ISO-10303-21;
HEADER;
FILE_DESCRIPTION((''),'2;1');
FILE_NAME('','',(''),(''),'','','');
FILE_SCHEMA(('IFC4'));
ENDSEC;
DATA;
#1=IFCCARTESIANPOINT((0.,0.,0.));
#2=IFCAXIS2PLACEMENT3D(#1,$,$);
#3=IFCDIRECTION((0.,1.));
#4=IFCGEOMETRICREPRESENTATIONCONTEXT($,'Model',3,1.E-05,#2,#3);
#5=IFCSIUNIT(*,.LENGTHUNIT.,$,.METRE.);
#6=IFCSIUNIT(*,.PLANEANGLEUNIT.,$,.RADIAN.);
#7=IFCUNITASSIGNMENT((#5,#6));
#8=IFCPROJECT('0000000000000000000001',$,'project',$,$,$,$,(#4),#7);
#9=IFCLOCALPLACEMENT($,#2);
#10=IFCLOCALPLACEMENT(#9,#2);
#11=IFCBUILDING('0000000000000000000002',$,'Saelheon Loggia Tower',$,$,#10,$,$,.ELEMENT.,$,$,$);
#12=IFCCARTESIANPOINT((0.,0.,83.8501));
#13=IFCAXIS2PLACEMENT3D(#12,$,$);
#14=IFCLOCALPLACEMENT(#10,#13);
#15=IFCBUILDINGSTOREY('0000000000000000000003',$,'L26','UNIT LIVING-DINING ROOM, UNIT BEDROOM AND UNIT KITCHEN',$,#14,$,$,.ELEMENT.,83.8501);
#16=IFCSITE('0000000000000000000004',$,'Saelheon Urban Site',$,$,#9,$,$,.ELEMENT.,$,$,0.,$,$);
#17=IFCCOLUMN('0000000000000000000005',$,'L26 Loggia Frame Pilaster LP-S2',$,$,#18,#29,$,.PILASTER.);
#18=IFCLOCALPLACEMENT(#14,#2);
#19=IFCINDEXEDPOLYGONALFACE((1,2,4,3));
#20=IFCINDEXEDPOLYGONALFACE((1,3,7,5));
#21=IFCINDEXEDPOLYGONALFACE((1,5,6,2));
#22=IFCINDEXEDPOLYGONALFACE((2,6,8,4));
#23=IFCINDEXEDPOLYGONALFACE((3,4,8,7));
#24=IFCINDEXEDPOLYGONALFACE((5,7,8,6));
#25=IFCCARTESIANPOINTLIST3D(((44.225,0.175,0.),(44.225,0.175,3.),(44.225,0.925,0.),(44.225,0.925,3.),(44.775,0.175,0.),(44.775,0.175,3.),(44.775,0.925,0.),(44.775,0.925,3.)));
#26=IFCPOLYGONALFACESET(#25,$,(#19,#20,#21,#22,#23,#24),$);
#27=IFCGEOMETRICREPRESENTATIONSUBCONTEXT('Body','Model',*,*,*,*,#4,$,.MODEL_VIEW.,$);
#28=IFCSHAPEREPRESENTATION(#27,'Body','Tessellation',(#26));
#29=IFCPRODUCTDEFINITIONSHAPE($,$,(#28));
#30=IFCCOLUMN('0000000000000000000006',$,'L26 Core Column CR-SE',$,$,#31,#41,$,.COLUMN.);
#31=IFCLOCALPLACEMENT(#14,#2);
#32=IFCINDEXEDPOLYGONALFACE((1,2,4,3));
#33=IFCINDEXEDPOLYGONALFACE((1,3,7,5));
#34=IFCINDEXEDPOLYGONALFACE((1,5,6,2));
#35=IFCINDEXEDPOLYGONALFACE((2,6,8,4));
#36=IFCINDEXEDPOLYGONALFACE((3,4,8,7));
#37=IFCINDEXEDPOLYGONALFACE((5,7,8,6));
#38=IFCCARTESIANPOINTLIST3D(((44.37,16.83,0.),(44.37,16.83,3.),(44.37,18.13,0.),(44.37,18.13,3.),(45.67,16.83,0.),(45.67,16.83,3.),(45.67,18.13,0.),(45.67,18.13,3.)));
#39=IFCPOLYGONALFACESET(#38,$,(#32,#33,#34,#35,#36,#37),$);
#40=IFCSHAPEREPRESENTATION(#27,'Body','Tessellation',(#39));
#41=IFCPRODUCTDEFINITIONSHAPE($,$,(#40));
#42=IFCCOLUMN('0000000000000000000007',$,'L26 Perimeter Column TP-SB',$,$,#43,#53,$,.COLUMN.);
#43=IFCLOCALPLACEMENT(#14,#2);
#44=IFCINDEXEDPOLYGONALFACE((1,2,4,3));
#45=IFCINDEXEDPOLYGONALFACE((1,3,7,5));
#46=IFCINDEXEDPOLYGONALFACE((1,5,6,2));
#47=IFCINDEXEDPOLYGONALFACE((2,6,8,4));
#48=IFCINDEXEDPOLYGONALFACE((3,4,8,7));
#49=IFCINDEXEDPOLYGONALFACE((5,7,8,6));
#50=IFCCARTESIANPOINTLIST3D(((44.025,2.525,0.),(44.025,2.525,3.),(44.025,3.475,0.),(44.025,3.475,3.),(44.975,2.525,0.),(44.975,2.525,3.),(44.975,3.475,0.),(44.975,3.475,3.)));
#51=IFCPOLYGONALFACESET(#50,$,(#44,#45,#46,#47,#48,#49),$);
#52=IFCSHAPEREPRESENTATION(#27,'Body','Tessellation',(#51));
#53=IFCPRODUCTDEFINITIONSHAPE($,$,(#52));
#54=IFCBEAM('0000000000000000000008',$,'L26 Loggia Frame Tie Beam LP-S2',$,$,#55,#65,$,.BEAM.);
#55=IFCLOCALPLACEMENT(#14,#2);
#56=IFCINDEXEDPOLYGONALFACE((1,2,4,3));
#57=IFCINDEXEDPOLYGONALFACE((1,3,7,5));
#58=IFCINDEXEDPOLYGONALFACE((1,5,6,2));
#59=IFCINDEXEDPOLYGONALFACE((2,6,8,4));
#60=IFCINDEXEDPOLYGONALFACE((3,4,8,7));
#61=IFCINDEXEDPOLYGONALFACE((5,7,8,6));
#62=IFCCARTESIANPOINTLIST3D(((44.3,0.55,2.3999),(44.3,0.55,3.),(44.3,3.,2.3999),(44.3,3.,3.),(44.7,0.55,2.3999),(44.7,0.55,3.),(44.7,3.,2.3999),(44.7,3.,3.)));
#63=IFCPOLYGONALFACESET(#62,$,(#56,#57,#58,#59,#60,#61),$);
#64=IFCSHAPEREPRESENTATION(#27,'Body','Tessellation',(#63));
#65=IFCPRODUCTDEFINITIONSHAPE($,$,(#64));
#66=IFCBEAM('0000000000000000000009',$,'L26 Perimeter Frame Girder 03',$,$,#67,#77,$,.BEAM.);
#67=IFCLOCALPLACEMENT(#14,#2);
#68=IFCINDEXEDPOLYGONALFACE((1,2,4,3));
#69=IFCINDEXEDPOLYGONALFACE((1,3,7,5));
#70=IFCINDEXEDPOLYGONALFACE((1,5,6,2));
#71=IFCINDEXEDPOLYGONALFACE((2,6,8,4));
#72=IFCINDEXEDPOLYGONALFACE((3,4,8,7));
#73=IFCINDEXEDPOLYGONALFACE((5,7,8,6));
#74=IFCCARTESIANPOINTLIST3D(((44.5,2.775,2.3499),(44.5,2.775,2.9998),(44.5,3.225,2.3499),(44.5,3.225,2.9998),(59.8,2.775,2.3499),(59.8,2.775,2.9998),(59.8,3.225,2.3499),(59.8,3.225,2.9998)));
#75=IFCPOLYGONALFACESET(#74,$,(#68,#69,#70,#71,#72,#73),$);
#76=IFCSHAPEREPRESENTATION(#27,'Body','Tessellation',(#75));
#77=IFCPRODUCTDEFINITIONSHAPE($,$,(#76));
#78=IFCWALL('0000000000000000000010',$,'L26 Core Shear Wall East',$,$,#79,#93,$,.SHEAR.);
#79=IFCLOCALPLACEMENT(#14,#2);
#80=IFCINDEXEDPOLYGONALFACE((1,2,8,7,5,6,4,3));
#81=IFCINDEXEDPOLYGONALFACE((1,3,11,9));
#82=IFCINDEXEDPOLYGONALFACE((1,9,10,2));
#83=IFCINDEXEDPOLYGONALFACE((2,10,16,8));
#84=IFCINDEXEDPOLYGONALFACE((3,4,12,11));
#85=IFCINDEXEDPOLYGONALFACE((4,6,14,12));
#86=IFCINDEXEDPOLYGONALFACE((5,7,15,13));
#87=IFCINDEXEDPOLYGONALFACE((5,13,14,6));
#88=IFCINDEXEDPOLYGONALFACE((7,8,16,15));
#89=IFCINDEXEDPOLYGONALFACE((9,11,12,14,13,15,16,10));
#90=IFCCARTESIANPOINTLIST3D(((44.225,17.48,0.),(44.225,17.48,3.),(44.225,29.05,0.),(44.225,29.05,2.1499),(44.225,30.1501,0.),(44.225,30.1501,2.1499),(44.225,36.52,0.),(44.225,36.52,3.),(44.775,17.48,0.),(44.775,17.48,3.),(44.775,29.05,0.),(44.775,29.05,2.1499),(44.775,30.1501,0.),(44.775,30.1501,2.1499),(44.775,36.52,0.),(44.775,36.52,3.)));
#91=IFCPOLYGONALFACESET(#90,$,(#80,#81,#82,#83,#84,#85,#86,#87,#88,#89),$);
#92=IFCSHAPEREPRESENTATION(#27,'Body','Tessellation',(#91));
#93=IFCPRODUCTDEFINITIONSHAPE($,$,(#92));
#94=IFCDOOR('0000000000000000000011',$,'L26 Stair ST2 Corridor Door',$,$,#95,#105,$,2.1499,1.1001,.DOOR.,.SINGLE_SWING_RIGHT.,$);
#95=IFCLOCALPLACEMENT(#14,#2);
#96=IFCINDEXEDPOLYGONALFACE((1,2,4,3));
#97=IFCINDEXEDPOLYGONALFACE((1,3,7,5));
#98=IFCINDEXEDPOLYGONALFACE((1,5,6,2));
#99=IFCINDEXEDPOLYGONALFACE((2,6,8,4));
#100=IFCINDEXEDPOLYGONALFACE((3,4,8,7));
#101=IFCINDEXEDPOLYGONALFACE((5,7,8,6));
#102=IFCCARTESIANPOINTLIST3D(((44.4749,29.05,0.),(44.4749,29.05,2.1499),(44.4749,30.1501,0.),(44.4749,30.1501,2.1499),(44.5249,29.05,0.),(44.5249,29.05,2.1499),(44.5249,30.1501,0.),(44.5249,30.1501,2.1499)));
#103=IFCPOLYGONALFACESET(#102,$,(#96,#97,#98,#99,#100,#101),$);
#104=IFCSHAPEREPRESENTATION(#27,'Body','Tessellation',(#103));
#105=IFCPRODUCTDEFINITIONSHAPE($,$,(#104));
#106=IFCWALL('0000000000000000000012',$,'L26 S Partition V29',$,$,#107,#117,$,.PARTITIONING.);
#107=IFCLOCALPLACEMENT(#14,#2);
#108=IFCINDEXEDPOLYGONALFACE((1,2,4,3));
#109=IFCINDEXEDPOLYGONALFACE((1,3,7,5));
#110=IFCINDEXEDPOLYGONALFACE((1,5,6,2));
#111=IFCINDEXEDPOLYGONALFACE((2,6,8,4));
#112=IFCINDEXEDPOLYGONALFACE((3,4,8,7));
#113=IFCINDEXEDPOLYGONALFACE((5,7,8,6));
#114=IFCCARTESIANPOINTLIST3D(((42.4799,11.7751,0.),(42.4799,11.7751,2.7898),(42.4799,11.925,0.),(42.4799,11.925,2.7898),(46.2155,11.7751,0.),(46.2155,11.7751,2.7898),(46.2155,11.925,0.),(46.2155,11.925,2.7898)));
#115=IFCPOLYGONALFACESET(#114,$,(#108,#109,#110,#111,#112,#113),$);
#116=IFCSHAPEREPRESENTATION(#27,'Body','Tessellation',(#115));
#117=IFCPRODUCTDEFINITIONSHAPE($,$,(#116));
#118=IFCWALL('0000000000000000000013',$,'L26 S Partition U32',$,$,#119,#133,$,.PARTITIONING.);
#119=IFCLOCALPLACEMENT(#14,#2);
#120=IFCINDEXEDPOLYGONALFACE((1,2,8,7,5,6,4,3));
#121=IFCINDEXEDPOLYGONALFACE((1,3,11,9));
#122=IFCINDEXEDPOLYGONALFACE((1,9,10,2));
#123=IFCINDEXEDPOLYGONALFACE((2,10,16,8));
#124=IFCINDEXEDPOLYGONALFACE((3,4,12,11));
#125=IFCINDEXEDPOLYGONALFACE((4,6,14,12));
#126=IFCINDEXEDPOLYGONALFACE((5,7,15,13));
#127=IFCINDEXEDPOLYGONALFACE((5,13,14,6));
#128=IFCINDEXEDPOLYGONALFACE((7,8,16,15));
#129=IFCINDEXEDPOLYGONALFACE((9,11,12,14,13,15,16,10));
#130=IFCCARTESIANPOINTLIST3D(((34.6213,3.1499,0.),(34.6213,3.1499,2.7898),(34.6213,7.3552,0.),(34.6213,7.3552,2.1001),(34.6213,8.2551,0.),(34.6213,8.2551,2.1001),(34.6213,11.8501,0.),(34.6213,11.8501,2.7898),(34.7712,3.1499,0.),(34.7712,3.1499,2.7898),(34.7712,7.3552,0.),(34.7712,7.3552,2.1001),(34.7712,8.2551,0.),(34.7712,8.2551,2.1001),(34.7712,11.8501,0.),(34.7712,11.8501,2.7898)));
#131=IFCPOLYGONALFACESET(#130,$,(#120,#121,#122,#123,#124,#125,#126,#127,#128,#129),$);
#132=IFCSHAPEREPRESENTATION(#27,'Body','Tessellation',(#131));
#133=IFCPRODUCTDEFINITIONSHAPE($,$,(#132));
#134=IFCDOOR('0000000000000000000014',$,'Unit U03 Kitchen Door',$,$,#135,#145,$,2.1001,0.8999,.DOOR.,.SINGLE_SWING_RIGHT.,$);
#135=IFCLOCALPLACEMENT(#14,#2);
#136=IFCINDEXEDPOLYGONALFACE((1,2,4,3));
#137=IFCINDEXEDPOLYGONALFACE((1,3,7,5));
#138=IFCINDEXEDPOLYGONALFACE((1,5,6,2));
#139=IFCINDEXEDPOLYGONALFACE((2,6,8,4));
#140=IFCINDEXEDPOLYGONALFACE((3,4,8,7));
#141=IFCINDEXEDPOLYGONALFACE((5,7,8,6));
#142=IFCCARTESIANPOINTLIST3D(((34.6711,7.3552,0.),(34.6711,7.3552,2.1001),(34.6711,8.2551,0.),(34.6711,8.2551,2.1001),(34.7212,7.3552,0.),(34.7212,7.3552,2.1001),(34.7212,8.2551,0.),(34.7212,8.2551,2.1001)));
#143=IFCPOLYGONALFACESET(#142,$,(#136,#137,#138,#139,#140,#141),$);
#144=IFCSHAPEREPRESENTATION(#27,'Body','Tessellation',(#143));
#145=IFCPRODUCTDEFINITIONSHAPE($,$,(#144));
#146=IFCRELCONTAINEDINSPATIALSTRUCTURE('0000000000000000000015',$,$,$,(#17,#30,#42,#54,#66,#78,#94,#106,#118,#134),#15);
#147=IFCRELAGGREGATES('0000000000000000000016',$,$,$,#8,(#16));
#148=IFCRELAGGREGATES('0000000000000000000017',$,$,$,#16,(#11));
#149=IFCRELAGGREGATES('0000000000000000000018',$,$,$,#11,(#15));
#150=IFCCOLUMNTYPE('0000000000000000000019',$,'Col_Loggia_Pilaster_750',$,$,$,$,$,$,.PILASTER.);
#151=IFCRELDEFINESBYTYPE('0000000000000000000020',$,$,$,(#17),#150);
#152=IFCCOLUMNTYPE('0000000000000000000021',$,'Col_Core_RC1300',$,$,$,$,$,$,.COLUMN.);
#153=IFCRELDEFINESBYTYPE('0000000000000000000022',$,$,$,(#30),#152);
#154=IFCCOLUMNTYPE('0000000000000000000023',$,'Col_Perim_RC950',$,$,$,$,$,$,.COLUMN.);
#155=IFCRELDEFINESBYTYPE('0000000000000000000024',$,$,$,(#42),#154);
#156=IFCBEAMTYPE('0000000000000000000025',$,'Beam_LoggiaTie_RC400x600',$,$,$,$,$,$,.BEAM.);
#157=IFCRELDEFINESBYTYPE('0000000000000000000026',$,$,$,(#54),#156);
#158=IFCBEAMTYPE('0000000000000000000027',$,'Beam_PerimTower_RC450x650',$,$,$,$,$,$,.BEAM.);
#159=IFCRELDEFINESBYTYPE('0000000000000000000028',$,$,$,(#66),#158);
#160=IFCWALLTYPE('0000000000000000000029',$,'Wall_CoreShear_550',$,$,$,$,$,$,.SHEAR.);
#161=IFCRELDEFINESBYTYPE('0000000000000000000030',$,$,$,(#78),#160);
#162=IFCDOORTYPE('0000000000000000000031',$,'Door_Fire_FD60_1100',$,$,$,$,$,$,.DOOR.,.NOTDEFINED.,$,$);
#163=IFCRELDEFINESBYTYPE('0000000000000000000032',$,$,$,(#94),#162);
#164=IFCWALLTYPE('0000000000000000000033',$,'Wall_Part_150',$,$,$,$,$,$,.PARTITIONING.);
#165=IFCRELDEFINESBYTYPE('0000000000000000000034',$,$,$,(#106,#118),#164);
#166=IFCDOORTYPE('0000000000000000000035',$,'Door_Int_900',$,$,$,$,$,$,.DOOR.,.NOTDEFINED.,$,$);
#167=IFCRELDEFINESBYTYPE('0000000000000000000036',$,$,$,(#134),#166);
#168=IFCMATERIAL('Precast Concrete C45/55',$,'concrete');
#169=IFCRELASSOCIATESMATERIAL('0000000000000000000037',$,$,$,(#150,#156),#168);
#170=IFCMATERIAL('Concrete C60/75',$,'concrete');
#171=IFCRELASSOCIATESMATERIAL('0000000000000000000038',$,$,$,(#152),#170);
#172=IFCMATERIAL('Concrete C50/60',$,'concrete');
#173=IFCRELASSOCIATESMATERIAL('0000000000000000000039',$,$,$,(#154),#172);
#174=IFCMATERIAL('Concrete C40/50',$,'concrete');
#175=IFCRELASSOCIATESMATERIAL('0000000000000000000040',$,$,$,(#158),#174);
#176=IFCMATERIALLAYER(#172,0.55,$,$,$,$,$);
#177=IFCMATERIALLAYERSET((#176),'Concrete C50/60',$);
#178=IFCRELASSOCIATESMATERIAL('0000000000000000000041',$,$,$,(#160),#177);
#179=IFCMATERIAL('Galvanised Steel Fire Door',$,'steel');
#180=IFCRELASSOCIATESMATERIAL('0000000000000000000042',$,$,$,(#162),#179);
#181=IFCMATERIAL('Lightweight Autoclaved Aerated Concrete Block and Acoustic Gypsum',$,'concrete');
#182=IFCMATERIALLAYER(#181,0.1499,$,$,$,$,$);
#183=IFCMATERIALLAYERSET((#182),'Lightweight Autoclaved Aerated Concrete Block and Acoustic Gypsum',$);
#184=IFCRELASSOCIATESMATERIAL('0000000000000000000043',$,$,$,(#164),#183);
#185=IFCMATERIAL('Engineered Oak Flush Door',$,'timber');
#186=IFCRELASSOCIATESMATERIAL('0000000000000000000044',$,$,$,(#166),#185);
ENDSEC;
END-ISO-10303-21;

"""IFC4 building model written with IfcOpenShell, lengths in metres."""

from ifc_helpers import new_model, si_unit, direction, frame, frame_2d, origin, origin_2d, place, context, subcontext, project, spatial, rectangle, extrude, source, transform, mapped, material, layer, layer_set, material_profile, profile_set, type_object, element, fill, save


model = new_model("IFC4")

# Units and contexts
model_context = context("Model", 3, precision=1e-05, world=origin(), true_north=direction((0.0, 1.0)))
body_context = subcontext(model_context, "Body", "Model", "MODEL_VIEW")
ifc_project = project(units=[si_unit("LENGTHUNIT", "METRE"), si_unit("PLANEANGLEUNIT", "RADIAN")], contexts=[model_context])

# Site, building, storey
site_placement = place(None, origin())
site = spatial("IfcSite", under=ifc_project, at=site_placement, Name="Saelheon Urban Site", CompositionType="ELEMENT", RefElevation=0.0)
building_placement = place(site_placement, origin())
building = spatial("IfcBuilding", under=site, at=building_placement, Name="Saelheon Loggia Tower", CompositionType="ELEMENT")
storey_placement = place(building_placement, frame((0.0, 0.0, 83.8501)))
storey = spatial("IfcBuildingStorey", under=building, at=storey_placement, Name="L26", Description="UNIT LIVING-DINING ROOM, UNIT BEDROOM AND UNIT KITCHEN", CompositionType="ELEMENT", Elevation=83.8501)

# Columns
ifc_material_1 = material(Name="Precast Concrete C45/55", Category="concrete")
ifc_material_profile_1 = material_profile(ifc_material_1, rectangle(XDim=0.55, YDim=0.75, at=origin_2d()), Name="RC-550x750")
ifc_profile_set_1 = profile_set([ifc_material_profile_1], Name="Precast Concrete C45/55")
column_type_1 = type_object("IfcColumnType", Name="Col_Loggia_Pilaster_750", PredefinedType="PILASTER", material=ifc_profile_set_1)
shared_shape_1 = source(origin(), body_context, "Body", "SweptSolid", [
    extrude(rectangle(XDim=0.55, YDim=0.75, at=origin_2d()), origin(), (0.0, 0.0, 1.0), 3.0),
])
column_1_placement = place(storey_placement, frame((44.5, 0.55, 0.0), z_axis=(0.0, 0.0, 1.0), x_axis=(1.0, 0.0, 0.0)))
element("IfcColumn", 1, at=column_1_placement, inside=storey, type_object=column_type_1, Name="L26 Loggia Frame Pilaster LP-S2", PredefinedType="PILASTER", context=body_context, shape_type="MappedRepresentation", body=[
    mapped(shared_shape_1, transform((0.0, 0.0, 0.0), scale=1.0)),
])
ifc_material_2 = material(Name="Concrete C60/75", Category="concrete")
ifc_material_profile_2 = material_profile(ifc_material_2, rectangle(XDim=1.3, YDim=1.3, at=origin_2d()), Name="RC-1300x1300")
ifc_profile_set_2 = profile_set([ifc_material_profile_2], Name="Concrete C60/75")
column_type_2 = type_object("IfcColumnType", Name="Col_Core_RC1300", PredefinedType="COLUMN", material=ifc_profile_set_2)
shared_shape_2 = source(origin(), body_context, "Body", "SweptSolid", [
    extrude(rectangle(XDim=1.3, YDim=1.3, at=origin_2d()), origin(), (0.0, 0.0, 1.0), 3.0),
])
column_2_placement = place(storey_placement, frame((45.02, 17.48, 0.0), z_axis=(0.0, 0.0, 1.0), x_axis=(1.0, 0.0, 0.0)))
element("IfcColumn", 2, at=column_2_placement, inside=storey, type_object=column_type_2, Name="L26 Core Column CR-SE", PredefinedType="COLUMN", context=body_context, shape_type="MappedRepresentation", body=[
    mapped(shared_shape_2, transform((0.0, 0.0, 0.0), scale=1.0)),
])
ifc_material_3 = material(Name="Concrete C50/60", Category="concrete")
ifc_material_profile_3 = material_profile(ifc_material_3, rectangle(XDim=0.95, YDim=0.95, at=origin_2d()), Name="RC-950x950")
ifc_profile_set_3 = profile_set([ifc_material_profile_3], Name="Concrete C50/60")
column_type_3 = type_object("IfcColumnType", Name="Col_Perim_RC950", PredefinedType="COLUMN", material=ifc_profile_set_3)
shared_shape_3 = source(origin(), body_context, "Body", "SweptSolid", [
    extrude(rectangle(XDim=0.95, YDim=0.95, at=origin_2d()), origin(), (0.0, 0.0, 1.0), 3.0),
])
column_3_placement = place(storey_placement, frame((44.5, 3.0, 0.0), z_axis=(0.0, 0.0, 1.0), x_axis=(1.0, 0.0, 0.0)))
element("IfcColumn", 3, at=column_3_placement, inside=storey, type_object=column_type_3, Name="L26 Perimeter Column TP-SB", PredefinedType="COLUMN", context=body_context, shape_type="MappedRepresentation", body=[
    mapped(shared_shape_3, transform((0.0, 0.0, 0.0), scale=1.0)),
])

# Beams
ifc_material_profile_4 = material_profile(ifc_material_1, rectangle(XDim=0.3999, YDim=0.6001, at=origin_2d()), Name="RC-400x600")
ifc_profile_set_4 = profile_set([ifc_material_profile_4], Name="Precast Concrete C45/55")
beam_type_1 = type_object("IfcBeamType", Name="Beam_LoggiaTie_RC400x600", PredefinedType="BEAM", material=ifc_profile_set_4)
shared_shape_4 = source(origin(), body_context, "Body", "SweptSolid", [
    extrude(rectangle(XDim=0.3999, YDim=0.6001, at=origin_2d()), origin(), (0.0, 0.0, 1.0), 2.45),
])
beam_1_placement = place(storey_placement, frame((44.5, 3.0, 2.7), z_axis=(0.0, -1.0, 0.0), x_axis=(1.0, 0.0, 0.0)))
element("IfcBeam", 4, at=beam_1_placement, inside=storey, type_object=beam_type_1, Name="L26 Loggia Frame Tie Beam LP-S2", PredefinedType="BEAM", context=body_context, shape_type="MappedRepresentation", body=[
    mapped(shared_shape_4, transform((0.0, 0.0, 0.0), scale=1.0)),
])
ifc_material_4 = material(Name="Concrete C40/50", Category="concrete")
ifc_material_profile_5 = material_profile(ifc_material_4, rectangle(XDim=0.45, YDim=0.6499, at=origin_2d()), Name="RC-450x650")
ifc_profile_set_5 = profile_set([ifc_material_profile_5], Name="Concrete C40/50")
beam_type_2 = type_object("IfcBeamType", Name="Beam_PerimTower_RC450x650", PredefinedType="BEAM", material=ifc_profile_set_5)
shared_shape_5 = source(origin(), body_context, "Body", "SweptSolid", [
    extrude(rectangle(XDim=0.45, YDim=0.6499, at=origin_2d()), origin(), (0.0, 0.0, 1.0), 15.3),
])
beam_2_placement = place(storey_placement, frame((44.5, 3.0, 2.6748), z_axis=(1.0, 0.0, 0.0), x_axis=(0.0, 1.0, 0.0)))
element("IfcBeam", 5, at=beam_2_placement, inside=storey, type_object=beam_type_2, Name="L26 Perimeter Frame Girder 03", PredefinedType="BEAM", context=body_context, shape_type="MappedRepresentation", body=[
    mapped(shared_shape_5, transform((0.0, 0.0, 0.0), scale=1.0)),
])

# Wall, opening, door
ifc_layer_1 = layer(ifc_material_3, 0.55)
ifc_layer_set_1 = layer_set([ifc_layer_1], Name="Concrete C50/60")
wall_type_1 = type_object("IfcWallType", Name="Wall_CoreShear_550", PredefinedType="SHEAR", material=ifc_layer_set_1)
wall_1_placement = place(storey_placement, frame((44.5, 17.48, 0.0), z_axis=(0.0, 0.0, 1.0), x_axis=(0.0, 1.0, 0.0)))
wall_1 = element("IfcWall", 6, at=wall_1_placement, inside=storey, type_object=wall_type_1, Name="L26 Core Shear Wall East", PredefinedType="SHEAR", context=body_context, shape_type="SweptSolid", body=[
    extrude(rectangle(XDim=19.04, YDim=0.55, at=frame_2d((9.52, 0.0))), origin(), (0.0, 0.0, 1.0), 3.0),
])
opening_1_placement = place(wall_1_placement, frame((12.6702, 0.0, 0.0), z_axis=(0.0, 0.0, 1.0), x_axis=(-1.0, 0.0, 0.0)))
opening_1 = element("IfcOpeningElement", 7, at=opening_1_placement, cuts=wall_1, PredefinedType="OPENING", context=body_context, shape_type="SweptSolid", body=[
    extrude(rectangle(XDim=1.1001, YDim=2.1499, at=frame_2d((0.55, 1.075))), frame((0.0, 0.2871, 0.0), z_axis=(0.0, -1.0, 0.0), x_axis=(1.0, 0.0, 0.0)), (0.0, 0.0, 1.0), 0.574),
])
ifc_material_5 = material(Name="Galvanised Steel Fire Door", Category="steel")
door_type_1 = type_object("IfcDoorType", Name="Door_Fire_FD60_1100", OperationType="NOTDEFINED", PredefinedType="DOOR", material=ifc_material_5)
shared_shape_6 = source(origin(), body_context, "Body", "SweptSolid", [
    extrude(rectangle(XDim=1.1001, YDim=2.1499, at=frame_2d((0.55, 1.075))), frame((0.0, 0.0249, 0.0), z_axis=(0.0, -1.0, 0.0), x_axis=(1.0, 0.0, 0.0)), (0.0, 0.0, 1.0), 0.05),
])
door_1_placement = place(opening_1_placement, origin())
door_1 = element("IfcDoor", 8, at=door_1_placement, inside=storey, type_object=door_type_1, Name="L26 Stair ST2 Corridor Door", OperationType="SINGLE_SWING_RIGHT", OverallHeight=2.1499, OverallWidth=1.1001, PredefinedType="DOOR", context=body_context, shape_type="MappedRepresentation", body=[
    mapped(shared_shape_6, transform((0.0, 0.0, 0.0), scale=1.0)),
])
fill(opening_1, door_1)

# Wall
ifc_material_6 = material(Name="Lightweight Autoclaved Aerated Concrete Block and Acoustic Gypsum", Category="concrete")
ifc_layer_2 = layer(ifc_material_6, 0.1499)
ifc_layer_set_2 = layer_set([ifc_layer_2], Name="Lightweight Autoclaved Aerated Concrete Block and Acoustic Gypsum")
wall_type_2 = type_object("IfcWallType", Name="Wall_Part_150", PredefinedType="PARTITIONING", material=ifc_layer_set_2)
wall_2_placement = place(storey_placement, frame((42.48, 11.8501, 0.0), z_axis=(0.0, 0.0, 1.0), x_axis=(1.0, 0.0, 0.0)))
element("IfcWall", 9, at=wall_2_placement, inside=storey, type_object=wall_type_2, Name="L26 S Partition V29", PredefinedType="PARTITIONING", context=body_context, shape_type="SweptSolid", body=[
    extrude(rectangle(XDim=3.7356, YDim=0.1499, at=frame_2d((1.8677, 0.0))), origin(), (0.0, 0.0, 1.0), 2.7898),
])

# Wall, opening, door
wall_3_placement = place(storey_placement, frame((34.6963, 11.8501, 0.0), z_axis=(0.0, 0.0, 1.0), x_axis=(0.0, -1.0, 0.0)))
wall_3 = element("IfcWall", 10, at=wall_3_placement, inside=storey, type_object=wall_type_2, Name="L26 S Partition U32", PredefinedType="PARTITIONING", context=body_context, shape_type="SweptSolid", body=[
    extrude(rectangle(XDim=8.7002, YDim=0.1499, at=frame_2d((4.3501, 0.0))), origin(), (0.0, 0.0, 1.0), 2.7898),
])
opening_2_placement = place(wall_3_placement, frame((3.595, 0.0, 0.0)))
opening_2 = element("IfcOpeningElement", 11, at=opening_2_placement, cuts=wall_3, PredefinedType="OPENING", context=body_context, shape_type="SweptSolid", body=[
    extrude(rectangle(XDim=0.8999, YDim=2.1001, at=frame_2d((0.45, 1.05))), frame((0.0, 0.0869, 0.0), z_axis=(0.0, -1.0, 0.0), x_axis=(1.0, 0.0, 0.0)), (0.0, 0.0, 1.0), 0.1738),
])
ifc_material_7 = material(Name="Engineered Oak Flush Door", Category="timber")
door_type_2 = type_object("IfcDoorType", Name="Door_Int_900", OperationType="NOTDEFINED", PredefinedType="DOOR", material=ifc_material_7)
shared_shape_7 = source(origin(), body_context, "Body", "SweptSolid", [
    extrude(rectangle(XDim=0.8999, YDim=2.1001, at=frame_2d((0.45, 1.05))), frame((0.0, 0.0249, 0.0), z_axis=(0.0, -1.0, 0.0), x_axis=(1.0, 0.0, 0.0)), (0.0, 0.0, 1.0), 0.05),
])
door_2_placement = place(opening_2_placement, origin())
door_2 = element("IfcDoor", 12, at=door_2_placement, inside=storey, type_object=door_type_2, Name="Unit U03 Kitchen Door", OperationType="SINGLE_SWING_RIGHT", OverallHeight=2.1001, OverallWidth=0.8999, PredefinedType="DOOR", context=body_context, shape_type="MappedRepresentation", body=[
    mapped(shared_shape_7, transform((0.0, 0.0, 0.0), scale=1.0)),
])
fill(opening_2, door_2)

save(model, "model.ifc")
